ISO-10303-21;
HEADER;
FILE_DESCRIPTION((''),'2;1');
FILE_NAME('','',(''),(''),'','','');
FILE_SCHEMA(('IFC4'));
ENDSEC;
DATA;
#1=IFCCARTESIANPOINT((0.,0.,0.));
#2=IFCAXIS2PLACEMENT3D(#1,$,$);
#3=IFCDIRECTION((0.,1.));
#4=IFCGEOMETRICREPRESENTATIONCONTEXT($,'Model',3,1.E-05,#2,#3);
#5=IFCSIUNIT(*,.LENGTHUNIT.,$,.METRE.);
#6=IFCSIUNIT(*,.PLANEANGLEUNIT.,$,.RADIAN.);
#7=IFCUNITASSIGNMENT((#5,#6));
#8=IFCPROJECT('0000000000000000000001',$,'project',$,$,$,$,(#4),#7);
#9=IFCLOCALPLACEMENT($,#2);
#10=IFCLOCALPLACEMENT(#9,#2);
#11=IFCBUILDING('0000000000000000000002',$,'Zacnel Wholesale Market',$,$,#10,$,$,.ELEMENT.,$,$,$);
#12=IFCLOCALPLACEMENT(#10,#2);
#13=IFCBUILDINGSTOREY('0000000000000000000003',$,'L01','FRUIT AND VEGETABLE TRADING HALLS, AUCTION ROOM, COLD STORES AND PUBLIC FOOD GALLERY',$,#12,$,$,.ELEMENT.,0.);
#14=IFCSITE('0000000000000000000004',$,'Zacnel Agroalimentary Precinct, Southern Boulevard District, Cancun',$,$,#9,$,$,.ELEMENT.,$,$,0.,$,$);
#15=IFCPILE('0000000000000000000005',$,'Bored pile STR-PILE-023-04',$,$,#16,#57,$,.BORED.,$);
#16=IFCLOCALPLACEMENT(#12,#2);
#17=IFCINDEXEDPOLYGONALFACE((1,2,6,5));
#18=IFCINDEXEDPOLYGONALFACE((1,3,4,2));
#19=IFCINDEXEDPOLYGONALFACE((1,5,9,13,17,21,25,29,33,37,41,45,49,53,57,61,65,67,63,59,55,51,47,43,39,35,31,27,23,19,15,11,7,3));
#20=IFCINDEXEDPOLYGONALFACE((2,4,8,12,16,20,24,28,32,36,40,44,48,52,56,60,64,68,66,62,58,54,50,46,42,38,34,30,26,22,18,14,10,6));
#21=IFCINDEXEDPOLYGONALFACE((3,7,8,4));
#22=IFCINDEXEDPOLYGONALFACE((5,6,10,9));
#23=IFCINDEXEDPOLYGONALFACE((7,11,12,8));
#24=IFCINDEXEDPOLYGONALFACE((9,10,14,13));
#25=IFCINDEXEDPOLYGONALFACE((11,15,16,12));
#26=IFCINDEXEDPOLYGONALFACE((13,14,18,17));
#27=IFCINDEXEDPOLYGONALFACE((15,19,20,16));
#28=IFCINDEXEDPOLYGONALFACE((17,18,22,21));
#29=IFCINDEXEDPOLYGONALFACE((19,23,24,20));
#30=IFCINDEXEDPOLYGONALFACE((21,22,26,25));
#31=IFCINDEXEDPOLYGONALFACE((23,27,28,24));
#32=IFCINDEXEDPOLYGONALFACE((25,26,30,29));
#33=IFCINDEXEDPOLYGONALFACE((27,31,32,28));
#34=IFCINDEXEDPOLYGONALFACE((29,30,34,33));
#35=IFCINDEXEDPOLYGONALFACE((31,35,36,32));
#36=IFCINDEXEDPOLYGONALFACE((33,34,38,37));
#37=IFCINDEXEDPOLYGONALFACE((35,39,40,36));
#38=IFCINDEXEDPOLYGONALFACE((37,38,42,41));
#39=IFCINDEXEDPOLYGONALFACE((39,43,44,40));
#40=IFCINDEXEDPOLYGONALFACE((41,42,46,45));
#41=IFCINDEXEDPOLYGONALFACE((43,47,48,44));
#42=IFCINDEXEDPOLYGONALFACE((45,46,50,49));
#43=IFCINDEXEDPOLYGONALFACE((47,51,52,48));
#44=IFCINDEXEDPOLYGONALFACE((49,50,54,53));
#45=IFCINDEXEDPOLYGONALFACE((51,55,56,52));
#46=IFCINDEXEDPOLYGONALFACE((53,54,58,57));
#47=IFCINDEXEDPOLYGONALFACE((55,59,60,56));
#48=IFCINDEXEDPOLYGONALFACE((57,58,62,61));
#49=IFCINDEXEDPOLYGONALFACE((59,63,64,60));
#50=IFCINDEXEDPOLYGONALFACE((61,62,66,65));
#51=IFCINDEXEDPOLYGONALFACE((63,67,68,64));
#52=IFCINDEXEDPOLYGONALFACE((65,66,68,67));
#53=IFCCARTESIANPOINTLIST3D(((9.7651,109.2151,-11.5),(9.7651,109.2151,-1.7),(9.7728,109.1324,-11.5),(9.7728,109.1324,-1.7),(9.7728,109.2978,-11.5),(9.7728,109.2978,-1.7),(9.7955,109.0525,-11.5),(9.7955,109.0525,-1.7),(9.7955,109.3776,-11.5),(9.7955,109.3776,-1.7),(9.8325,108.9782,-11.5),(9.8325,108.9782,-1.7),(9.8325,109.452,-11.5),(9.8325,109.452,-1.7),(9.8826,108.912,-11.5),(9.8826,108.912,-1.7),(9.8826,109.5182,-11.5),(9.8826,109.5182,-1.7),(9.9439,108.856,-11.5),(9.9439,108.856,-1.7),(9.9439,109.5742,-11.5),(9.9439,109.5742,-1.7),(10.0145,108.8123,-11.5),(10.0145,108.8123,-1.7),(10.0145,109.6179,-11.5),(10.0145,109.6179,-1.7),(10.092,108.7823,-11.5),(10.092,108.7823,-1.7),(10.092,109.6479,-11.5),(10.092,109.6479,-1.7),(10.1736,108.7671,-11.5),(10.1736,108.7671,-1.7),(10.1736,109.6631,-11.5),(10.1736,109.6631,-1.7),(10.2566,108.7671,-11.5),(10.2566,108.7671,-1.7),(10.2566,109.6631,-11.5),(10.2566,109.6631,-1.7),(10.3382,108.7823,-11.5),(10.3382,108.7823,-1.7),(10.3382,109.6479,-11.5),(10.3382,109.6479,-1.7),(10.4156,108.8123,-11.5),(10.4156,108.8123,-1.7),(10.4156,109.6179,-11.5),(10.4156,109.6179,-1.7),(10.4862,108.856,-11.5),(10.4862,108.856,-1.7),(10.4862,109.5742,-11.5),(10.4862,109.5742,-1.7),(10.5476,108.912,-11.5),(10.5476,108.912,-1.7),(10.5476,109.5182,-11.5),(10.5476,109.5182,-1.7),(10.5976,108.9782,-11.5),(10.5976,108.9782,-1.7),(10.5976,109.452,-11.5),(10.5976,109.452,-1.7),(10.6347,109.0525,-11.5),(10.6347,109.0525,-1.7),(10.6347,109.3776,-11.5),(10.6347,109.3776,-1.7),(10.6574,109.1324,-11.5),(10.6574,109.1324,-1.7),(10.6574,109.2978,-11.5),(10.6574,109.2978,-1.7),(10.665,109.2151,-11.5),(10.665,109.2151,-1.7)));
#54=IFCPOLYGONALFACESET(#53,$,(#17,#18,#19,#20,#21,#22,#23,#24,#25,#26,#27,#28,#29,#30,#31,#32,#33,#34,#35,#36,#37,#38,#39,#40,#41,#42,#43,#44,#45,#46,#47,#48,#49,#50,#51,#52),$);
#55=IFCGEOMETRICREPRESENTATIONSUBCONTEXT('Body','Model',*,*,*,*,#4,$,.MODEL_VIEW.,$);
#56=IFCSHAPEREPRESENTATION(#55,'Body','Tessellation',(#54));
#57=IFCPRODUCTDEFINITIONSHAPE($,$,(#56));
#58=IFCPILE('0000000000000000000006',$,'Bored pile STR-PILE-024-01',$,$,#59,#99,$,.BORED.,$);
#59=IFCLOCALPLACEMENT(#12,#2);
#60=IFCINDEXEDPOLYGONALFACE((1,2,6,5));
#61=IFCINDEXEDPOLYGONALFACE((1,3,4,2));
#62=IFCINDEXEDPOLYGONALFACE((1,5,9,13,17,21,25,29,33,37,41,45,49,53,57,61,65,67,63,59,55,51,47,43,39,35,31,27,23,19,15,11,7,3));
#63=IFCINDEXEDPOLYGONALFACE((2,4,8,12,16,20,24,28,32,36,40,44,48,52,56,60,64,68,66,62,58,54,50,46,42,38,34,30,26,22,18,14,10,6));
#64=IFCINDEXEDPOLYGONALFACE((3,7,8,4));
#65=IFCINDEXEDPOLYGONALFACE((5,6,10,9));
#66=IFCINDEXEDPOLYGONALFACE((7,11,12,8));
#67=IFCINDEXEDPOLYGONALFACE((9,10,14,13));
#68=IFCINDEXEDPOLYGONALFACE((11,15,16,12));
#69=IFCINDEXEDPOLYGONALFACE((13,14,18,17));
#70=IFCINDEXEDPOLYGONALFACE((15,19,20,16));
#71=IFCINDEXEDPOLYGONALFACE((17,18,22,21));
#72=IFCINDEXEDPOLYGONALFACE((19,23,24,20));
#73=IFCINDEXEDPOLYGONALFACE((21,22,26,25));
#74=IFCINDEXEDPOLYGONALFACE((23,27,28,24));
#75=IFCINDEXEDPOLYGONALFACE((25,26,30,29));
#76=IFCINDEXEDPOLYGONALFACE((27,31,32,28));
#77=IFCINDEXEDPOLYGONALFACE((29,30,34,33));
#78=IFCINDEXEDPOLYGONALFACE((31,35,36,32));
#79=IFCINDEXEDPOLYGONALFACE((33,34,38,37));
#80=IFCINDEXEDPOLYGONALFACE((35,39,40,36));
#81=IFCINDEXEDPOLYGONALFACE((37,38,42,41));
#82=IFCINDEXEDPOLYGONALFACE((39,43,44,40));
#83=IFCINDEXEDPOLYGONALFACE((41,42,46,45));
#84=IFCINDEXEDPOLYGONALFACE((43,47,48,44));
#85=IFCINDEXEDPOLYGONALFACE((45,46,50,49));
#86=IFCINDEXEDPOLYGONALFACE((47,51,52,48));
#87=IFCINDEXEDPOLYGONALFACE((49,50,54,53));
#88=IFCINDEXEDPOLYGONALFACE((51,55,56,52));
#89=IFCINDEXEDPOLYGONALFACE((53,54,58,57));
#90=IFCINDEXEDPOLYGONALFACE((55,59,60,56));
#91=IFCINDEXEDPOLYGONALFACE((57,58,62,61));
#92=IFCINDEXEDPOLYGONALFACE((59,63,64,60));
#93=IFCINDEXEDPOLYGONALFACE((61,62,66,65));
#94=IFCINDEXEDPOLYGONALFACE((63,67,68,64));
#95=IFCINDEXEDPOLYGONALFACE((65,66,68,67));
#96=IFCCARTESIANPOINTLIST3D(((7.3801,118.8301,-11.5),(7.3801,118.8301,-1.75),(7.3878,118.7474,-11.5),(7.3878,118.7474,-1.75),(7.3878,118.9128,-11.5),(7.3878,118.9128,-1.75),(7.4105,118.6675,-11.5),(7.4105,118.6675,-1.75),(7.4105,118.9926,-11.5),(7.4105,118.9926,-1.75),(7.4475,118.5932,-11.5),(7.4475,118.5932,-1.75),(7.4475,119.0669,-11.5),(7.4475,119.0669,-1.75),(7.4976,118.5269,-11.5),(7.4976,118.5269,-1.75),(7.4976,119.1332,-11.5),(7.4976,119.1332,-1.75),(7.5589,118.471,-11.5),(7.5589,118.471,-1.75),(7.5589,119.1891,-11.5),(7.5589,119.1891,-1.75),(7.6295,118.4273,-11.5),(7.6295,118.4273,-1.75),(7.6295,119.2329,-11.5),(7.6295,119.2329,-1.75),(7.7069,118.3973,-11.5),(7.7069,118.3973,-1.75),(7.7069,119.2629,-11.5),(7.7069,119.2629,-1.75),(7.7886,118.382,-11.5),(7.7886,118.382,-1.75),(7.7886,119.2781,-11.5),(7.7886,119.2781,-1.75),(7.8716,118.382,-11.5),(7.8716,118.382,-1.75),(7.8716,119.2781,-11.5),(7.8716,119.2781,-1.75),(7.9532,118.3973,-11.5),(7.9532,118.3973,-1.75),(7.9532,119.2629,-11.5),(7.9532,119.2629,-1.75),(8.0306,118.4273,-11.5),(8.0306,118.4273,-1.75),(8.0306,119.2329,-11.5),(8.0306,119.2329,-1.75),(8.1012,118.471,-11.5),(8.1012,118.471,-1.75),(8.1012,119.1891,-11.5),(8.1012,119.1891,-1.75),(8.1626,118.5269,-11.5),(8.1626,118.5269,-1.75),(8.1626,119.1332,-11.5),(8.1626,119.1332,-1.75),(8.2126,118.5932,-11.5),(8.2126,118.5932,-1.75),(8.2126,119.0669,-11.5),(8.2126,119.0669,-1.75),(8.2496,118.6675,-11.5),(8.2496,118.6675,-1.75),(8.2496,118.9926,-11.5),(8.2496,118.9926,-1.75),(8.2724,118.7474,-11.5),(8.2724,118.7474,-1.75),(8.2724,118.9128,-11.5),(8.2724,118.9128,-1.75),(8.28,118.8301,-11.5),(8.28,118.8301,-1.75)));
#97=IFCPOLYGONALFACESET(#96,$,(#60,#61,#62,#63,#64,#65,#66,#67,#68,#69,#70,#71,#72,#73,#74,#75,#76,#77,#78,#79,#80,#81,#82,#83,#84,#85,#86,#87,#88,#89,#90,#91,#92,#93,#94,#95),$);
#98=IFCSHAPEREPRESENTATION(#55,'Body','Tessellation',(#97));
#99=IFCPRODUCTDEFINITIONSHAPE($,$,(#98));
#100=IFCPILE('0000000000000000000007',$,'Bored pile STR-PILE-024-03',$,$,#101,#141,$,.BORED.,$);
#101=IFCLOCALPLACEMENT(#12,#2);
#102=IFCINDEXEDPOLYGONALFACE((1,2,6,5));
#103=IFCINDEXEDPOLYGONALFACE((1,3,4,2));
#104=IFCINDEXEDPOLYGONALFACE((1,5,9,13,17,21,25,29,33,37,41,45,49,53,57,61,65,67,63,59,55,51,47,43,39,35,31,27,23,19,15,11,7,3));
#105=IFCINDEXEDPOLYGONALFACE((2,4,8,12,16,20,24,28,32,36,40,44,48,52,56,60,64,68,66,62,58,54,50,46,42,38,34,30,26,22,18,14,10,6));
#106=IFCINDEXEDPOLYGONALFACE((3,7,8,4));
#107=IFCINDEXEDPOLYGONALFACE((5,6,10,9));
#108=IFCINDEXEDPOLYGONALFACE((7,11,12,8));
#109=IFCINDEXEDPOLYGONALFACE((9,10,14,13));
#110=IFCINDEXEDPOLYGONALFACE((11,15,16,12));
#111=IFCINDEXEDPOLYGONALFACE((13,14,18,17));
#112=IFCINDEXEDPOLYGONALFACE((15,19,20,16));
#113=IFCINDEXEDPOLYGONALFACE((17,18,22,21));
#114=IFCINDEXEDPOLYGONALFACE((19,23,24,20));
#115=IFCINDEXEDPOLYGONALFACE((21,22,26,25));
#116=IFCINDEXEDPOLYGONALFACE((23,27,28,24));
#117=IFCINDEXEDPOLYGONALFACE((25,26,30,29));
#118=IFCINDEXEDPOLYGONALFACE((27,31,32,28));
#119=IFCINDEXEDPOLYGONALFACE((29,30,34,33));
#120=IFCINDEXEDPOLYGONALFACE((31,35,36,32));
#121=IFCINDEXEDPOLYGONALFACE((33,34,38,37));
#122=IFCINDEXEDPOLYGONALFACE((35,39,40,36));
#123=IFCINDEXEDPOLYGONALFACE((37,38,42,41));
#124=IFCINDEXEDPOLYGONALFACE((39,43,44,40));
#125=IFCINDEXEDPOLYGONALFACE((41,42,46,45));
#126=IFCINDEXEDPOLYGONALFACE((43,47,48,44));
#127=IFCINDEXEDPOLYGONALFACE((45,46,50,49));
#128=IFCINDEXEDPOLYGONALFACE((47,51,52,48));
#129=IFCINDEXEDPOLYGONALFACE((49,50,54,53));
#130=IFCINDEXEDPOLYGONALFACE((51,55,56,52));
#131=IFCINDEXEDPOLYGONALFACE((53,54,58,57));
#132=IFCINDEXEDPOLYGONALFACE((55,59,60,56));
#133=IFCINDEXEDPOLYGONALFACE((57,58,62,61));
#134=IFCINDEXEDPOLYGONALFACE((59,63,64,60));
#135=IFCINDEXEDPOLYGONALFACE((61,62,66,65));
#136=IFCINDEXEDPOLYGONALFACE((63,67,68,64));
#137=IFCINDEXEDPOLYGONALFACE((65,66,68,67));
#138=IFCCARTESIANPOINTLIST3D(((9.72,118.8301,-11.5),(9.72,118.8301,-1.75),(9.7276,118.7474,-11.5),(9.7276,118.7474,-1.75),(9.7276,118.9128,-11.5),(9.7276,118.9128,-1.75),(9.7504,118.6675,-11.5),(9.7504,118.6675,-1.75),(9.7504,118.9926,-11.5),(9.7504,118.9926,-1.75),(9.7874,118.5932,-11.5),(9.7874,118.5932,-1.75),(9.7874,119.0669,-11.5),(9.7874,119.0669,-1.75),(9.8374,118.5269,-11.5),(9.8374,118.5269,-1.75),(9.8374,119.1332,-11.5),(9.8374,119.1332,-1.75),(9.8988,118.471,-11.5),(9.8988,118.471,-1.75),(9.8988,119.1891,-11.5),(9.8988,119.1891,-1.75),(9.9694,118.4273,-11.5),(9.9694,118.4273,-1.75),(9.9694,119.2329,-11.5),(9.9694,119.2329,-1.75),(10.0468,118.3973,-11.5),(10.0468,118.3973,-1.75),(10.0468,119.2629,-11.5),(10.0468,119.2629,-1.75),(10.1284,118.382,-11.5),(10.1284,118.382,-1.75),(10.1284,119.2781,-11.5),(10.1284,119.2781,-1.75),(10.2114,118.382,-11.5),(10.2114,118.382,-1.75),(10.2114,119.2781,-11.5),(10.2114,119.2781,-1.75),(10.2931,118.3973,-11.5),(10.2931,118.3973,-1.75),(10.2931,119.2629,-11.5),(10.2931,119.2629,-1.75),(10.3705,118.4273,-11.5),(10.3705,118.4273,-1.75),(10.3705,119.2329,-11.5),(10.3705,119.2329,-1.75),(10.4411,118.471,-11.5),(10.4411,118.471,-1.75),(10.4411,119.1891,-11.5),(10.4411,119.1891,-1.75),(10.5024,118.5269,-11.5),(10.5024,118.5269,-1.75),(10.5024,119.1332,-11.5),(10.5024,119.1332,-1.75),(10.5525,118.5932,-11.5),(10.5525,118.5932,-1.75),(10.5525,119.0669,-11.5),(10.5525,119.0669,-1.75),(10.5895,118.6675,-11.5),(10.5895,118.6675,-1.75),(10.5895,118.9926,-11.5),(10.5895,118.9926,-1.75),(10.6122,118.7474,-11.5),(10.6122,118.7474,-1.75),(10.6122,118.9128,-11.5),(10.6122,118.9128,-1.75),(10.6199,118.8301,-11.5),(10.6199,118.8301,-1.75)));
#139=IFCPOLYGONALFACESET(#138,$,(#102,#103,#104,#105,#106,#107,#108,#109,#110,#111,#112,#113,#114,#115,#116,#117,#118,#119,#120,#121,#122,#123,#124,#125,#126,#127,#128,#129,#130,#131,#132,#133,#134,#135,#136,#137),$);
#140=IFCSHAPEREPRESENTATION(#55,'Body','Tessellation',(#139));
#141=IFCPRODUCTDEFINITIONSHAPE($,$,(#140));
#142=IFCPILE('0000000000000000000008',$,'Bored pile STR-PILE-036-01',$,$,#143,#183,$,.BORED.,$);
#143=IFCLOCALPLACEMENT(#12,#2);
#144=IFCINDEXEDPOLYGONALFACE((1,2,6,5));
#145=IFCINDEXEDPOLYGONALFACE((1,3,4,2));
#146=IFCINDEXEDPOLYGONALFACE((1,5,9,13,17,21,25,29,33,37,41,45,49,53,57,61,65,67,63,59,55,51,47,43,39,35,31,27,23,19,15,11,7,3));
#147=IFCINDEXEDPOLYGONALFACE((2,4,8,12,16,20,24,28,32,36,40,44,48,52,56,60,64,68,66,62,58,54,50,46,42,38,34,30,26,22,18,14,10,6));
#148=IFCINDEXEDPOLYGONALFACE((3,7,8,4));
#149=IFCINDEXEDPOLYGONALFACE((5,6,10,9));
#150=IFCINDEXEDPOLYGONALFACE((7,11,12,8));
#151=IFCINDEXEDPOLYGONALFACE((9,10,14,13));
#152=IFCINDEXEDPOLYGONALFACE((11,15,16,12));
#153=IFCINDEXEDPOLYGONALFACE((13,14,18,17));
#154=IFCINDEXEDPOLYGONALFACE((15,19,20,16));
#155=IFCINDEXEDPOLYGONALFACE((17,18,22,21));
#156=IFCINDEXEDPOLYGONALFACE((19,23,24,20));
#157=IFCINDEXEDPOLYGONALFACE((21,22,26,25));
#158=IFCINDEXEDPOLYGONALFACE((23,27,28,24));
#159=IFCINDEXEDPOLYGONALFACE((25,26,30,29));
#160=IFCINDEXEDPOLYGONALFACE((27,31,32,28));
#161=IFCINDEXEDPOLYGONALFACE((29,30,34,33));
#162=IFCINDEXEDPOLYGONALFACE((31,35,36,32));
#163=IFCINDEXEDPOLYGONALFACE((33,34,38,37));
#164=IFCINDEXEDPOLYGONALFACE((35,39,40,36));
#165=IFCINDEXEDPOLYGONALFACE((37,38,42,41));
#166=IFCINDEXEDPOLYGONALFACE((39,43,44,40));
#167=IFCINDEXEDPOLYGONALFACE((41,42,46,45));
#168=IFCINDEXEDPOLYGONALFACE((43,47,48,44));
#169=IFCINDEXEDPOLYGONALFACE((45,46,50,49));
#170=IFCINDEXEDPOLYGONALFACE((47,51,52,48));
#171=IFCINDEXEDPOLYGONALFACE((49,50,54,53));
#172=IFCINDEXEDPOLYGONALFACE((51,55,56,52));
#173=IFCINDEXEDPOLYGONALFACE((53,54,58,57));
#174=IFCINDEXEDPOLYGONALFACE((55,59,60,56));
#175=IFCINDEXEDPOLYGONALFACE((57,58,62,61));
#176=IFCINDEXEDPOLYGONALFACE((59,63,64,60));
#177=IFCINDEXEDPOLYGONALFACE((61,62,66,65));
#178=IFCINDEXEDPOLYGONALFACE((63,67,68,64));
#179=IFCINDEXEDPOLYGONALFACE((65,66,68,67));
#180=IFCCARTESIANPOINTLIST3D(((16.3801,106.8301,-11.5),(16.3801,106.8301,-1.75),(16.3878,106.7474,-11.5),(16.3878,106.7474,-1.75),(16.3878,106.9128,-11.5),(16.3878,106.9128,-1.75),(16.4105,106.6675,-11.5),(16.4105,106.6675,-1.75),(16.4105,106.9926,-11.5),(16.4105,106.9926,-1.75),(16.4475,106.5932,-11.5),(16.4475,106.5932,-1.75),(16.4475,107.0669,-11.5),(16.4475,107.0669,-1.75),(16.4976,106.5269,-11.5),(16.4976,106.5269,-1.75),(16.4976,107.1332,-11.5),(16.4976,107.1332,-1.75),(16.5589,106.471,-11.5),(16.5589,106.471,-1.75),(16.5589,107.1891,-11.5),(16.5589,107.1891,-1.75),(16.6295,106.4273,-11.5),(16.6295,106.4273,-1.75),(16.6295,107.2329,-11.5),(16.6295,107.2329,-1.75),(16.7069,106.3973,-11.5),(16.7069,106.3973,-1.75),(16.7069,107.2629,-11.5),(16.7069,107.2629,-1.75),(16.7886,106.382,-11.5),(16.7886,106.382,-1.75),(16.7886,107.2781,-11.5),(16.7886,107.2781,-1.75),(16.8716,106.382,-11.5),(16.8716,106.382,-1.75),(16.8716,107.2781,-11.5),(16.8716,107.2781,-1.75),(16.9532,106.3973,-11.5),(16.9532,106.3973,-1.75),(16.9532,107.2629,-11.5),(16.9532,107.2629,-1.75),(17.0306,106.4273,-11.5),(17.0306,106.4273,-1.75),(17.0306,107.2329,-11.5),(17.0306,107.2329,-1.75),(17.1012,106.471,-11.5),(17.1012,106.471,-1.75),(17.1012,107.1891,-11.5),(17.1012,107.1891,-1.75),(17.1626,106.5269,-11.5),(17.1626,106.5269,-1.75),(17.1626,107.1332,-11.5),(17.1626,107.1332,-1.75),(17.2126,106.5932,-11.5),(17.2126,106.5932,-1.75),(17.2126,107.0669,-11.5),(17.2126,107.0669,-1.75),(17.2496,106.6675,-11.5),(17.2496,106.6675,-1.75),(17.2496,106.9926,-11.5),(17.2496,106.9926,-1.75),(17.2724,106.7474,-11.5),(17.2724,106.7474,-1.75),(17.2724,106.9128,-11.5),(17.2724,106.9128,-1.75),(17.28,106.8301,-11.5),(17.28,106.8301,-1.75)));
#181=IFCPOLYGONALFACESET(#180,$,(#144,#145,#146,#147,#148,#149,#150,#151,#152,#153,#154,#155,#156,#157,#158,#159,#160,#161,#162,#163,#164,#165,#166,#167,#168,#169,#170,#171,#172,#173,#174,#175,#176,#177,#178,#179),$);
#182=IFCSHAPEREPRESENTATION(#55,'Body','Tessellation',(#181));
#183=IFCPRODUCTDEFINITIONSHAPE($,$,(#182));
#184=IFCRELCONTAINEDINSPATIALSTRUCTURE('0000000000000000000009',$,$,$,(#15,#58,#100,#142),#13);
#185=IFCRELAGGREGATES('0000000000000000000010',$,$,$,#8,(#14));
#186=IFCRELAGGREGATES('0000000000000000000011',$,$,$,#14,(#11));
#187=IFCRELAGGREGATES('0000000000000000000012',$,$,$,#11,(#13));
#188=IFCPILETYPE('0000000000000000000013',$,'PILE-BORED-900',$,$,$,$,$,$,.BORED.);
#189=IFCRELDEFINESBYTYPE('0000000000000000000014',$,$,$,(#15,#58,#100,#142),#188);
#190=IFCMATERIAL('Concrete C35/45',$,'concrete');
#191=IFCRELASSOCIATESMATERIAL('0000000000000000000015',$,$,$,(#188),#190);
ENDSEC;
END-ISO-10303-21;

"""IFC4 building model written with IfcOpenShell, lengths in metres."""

from ifc_helpers import new_model, si_unit, direction, frame, origin, origin_2d, place, context, subcontext, project, spatial, circle, extrude, material, material_profile, profile_set, type_object, element, save


model = new_model("IFC4")

# Units and contexts
model_context = context("Model", 3, precision=1e-05, world=origin(), true_north=direction((0.0, 1.0)))
body_context = subcontext(model_context, "Body", "Model", "MODEL_VIEW")
ifc_project = project(units=[si_unit("LENGTHUNIT", "METRE"), si_unit("PLANEANGLEUNIT", "RADIAN")], contexts=[model_context])

# Site, building, storey
site_placement = place(None, origin())
site = spatial("IfcSite", under=ifc_project, at=site_placement, Name="Zacnel Agroalimentary Precinct, Southern Boulevard District, Cancun", CompositionType="ELEMENT", RefElevation=0.0)
building_placement = place(site_placement, origin())
building = spatial("IfcBuilding", under=site, at=building_placement, Name="Zacnel Wholesale Market", CompositionType="ELEMENT")
storey_placement = place(building_placement, origin())
storey = spatial("IfcBuildingStorey", under=building, at=storey_placement, Name="L01", Description="FRUIT AND VEGETABLE TRADING HALLS, AUCTION ROOM, COLD STORES AND PUBLIC FOOD GALLERY", CompositionType="ELEMENT", Elevation=0.0)

# Piles
ifc_material_1 = material(Name="Concrete C35/45", Category="concrete")
ifc_material_profile_1 = material_profile(ifc_material_1, circle(Radius=0.45, at=origin_2d()), Name="BORED PILE D900")
ifc_profile_set_1 = profile_set([ifc_material_profile_1], Name="Concrete C35/45")
pile_type = type_object("IfcPileType", Name="PILE-BORED-900", PredefinedType="BORED", material=ifc_profile_set_1)
for number, where, z_axis, x_axis, name in (
    (1, (10.2151, 109.2151, -1.7), (0.0, 0.0, -1.0), (1.0, 0.0, 0.0), "Bored pile STR-PILE-023-04"),
):
    element("IfcPile", number, at=place(storey_placement, frame(where, z_axis=z_axis, x_axis=x_axis)), inside=storey, type_object=pile_type, Name=name, PredefinedType="BORED", context=body_context, shape_type="SweptSolid", body=[
        extrude(circle(Radius=0.45, at=origin_2d()), origin(), (0.0, 0.0, 1.0), 9.8),
    ])
for number, where, z_axis, x_axis, name in (
    (2, (7.8301, 118.8301, -1.75), (0.0, 0.0, -1.0), (1.0, 0.0, 0.0), "Bored pile STR-PILE-024-01"),
    (3, (10.1699, 118.8301, -1.75), (0.0, 0.0, -1.0), (1.0, 0.0, 0.0), "Bored pile STR-PILE-024-03"),
    (4, (16.8301, 106.8301, -1.75), (0.0, 0.0, -1.0), (1.0, 0.0, 0.0), "Bored pile STR-PILE-036-01"),
):
    element("IfcPile", number, at=place(storey_placement, frame(where, z_axis=z_axis, x_axis=x_axis)), inside=storey, type_object=pile_type, Name=name, PredefinedType="BORED", context=body_context, shape_type="SweptSolid", body=[
        extrude(circle(Radius=0.45, at=origin_2d()), origin(), (0.0, 0.0, 1.0), 9.75),
    ])

save(model, "model.ifc")
